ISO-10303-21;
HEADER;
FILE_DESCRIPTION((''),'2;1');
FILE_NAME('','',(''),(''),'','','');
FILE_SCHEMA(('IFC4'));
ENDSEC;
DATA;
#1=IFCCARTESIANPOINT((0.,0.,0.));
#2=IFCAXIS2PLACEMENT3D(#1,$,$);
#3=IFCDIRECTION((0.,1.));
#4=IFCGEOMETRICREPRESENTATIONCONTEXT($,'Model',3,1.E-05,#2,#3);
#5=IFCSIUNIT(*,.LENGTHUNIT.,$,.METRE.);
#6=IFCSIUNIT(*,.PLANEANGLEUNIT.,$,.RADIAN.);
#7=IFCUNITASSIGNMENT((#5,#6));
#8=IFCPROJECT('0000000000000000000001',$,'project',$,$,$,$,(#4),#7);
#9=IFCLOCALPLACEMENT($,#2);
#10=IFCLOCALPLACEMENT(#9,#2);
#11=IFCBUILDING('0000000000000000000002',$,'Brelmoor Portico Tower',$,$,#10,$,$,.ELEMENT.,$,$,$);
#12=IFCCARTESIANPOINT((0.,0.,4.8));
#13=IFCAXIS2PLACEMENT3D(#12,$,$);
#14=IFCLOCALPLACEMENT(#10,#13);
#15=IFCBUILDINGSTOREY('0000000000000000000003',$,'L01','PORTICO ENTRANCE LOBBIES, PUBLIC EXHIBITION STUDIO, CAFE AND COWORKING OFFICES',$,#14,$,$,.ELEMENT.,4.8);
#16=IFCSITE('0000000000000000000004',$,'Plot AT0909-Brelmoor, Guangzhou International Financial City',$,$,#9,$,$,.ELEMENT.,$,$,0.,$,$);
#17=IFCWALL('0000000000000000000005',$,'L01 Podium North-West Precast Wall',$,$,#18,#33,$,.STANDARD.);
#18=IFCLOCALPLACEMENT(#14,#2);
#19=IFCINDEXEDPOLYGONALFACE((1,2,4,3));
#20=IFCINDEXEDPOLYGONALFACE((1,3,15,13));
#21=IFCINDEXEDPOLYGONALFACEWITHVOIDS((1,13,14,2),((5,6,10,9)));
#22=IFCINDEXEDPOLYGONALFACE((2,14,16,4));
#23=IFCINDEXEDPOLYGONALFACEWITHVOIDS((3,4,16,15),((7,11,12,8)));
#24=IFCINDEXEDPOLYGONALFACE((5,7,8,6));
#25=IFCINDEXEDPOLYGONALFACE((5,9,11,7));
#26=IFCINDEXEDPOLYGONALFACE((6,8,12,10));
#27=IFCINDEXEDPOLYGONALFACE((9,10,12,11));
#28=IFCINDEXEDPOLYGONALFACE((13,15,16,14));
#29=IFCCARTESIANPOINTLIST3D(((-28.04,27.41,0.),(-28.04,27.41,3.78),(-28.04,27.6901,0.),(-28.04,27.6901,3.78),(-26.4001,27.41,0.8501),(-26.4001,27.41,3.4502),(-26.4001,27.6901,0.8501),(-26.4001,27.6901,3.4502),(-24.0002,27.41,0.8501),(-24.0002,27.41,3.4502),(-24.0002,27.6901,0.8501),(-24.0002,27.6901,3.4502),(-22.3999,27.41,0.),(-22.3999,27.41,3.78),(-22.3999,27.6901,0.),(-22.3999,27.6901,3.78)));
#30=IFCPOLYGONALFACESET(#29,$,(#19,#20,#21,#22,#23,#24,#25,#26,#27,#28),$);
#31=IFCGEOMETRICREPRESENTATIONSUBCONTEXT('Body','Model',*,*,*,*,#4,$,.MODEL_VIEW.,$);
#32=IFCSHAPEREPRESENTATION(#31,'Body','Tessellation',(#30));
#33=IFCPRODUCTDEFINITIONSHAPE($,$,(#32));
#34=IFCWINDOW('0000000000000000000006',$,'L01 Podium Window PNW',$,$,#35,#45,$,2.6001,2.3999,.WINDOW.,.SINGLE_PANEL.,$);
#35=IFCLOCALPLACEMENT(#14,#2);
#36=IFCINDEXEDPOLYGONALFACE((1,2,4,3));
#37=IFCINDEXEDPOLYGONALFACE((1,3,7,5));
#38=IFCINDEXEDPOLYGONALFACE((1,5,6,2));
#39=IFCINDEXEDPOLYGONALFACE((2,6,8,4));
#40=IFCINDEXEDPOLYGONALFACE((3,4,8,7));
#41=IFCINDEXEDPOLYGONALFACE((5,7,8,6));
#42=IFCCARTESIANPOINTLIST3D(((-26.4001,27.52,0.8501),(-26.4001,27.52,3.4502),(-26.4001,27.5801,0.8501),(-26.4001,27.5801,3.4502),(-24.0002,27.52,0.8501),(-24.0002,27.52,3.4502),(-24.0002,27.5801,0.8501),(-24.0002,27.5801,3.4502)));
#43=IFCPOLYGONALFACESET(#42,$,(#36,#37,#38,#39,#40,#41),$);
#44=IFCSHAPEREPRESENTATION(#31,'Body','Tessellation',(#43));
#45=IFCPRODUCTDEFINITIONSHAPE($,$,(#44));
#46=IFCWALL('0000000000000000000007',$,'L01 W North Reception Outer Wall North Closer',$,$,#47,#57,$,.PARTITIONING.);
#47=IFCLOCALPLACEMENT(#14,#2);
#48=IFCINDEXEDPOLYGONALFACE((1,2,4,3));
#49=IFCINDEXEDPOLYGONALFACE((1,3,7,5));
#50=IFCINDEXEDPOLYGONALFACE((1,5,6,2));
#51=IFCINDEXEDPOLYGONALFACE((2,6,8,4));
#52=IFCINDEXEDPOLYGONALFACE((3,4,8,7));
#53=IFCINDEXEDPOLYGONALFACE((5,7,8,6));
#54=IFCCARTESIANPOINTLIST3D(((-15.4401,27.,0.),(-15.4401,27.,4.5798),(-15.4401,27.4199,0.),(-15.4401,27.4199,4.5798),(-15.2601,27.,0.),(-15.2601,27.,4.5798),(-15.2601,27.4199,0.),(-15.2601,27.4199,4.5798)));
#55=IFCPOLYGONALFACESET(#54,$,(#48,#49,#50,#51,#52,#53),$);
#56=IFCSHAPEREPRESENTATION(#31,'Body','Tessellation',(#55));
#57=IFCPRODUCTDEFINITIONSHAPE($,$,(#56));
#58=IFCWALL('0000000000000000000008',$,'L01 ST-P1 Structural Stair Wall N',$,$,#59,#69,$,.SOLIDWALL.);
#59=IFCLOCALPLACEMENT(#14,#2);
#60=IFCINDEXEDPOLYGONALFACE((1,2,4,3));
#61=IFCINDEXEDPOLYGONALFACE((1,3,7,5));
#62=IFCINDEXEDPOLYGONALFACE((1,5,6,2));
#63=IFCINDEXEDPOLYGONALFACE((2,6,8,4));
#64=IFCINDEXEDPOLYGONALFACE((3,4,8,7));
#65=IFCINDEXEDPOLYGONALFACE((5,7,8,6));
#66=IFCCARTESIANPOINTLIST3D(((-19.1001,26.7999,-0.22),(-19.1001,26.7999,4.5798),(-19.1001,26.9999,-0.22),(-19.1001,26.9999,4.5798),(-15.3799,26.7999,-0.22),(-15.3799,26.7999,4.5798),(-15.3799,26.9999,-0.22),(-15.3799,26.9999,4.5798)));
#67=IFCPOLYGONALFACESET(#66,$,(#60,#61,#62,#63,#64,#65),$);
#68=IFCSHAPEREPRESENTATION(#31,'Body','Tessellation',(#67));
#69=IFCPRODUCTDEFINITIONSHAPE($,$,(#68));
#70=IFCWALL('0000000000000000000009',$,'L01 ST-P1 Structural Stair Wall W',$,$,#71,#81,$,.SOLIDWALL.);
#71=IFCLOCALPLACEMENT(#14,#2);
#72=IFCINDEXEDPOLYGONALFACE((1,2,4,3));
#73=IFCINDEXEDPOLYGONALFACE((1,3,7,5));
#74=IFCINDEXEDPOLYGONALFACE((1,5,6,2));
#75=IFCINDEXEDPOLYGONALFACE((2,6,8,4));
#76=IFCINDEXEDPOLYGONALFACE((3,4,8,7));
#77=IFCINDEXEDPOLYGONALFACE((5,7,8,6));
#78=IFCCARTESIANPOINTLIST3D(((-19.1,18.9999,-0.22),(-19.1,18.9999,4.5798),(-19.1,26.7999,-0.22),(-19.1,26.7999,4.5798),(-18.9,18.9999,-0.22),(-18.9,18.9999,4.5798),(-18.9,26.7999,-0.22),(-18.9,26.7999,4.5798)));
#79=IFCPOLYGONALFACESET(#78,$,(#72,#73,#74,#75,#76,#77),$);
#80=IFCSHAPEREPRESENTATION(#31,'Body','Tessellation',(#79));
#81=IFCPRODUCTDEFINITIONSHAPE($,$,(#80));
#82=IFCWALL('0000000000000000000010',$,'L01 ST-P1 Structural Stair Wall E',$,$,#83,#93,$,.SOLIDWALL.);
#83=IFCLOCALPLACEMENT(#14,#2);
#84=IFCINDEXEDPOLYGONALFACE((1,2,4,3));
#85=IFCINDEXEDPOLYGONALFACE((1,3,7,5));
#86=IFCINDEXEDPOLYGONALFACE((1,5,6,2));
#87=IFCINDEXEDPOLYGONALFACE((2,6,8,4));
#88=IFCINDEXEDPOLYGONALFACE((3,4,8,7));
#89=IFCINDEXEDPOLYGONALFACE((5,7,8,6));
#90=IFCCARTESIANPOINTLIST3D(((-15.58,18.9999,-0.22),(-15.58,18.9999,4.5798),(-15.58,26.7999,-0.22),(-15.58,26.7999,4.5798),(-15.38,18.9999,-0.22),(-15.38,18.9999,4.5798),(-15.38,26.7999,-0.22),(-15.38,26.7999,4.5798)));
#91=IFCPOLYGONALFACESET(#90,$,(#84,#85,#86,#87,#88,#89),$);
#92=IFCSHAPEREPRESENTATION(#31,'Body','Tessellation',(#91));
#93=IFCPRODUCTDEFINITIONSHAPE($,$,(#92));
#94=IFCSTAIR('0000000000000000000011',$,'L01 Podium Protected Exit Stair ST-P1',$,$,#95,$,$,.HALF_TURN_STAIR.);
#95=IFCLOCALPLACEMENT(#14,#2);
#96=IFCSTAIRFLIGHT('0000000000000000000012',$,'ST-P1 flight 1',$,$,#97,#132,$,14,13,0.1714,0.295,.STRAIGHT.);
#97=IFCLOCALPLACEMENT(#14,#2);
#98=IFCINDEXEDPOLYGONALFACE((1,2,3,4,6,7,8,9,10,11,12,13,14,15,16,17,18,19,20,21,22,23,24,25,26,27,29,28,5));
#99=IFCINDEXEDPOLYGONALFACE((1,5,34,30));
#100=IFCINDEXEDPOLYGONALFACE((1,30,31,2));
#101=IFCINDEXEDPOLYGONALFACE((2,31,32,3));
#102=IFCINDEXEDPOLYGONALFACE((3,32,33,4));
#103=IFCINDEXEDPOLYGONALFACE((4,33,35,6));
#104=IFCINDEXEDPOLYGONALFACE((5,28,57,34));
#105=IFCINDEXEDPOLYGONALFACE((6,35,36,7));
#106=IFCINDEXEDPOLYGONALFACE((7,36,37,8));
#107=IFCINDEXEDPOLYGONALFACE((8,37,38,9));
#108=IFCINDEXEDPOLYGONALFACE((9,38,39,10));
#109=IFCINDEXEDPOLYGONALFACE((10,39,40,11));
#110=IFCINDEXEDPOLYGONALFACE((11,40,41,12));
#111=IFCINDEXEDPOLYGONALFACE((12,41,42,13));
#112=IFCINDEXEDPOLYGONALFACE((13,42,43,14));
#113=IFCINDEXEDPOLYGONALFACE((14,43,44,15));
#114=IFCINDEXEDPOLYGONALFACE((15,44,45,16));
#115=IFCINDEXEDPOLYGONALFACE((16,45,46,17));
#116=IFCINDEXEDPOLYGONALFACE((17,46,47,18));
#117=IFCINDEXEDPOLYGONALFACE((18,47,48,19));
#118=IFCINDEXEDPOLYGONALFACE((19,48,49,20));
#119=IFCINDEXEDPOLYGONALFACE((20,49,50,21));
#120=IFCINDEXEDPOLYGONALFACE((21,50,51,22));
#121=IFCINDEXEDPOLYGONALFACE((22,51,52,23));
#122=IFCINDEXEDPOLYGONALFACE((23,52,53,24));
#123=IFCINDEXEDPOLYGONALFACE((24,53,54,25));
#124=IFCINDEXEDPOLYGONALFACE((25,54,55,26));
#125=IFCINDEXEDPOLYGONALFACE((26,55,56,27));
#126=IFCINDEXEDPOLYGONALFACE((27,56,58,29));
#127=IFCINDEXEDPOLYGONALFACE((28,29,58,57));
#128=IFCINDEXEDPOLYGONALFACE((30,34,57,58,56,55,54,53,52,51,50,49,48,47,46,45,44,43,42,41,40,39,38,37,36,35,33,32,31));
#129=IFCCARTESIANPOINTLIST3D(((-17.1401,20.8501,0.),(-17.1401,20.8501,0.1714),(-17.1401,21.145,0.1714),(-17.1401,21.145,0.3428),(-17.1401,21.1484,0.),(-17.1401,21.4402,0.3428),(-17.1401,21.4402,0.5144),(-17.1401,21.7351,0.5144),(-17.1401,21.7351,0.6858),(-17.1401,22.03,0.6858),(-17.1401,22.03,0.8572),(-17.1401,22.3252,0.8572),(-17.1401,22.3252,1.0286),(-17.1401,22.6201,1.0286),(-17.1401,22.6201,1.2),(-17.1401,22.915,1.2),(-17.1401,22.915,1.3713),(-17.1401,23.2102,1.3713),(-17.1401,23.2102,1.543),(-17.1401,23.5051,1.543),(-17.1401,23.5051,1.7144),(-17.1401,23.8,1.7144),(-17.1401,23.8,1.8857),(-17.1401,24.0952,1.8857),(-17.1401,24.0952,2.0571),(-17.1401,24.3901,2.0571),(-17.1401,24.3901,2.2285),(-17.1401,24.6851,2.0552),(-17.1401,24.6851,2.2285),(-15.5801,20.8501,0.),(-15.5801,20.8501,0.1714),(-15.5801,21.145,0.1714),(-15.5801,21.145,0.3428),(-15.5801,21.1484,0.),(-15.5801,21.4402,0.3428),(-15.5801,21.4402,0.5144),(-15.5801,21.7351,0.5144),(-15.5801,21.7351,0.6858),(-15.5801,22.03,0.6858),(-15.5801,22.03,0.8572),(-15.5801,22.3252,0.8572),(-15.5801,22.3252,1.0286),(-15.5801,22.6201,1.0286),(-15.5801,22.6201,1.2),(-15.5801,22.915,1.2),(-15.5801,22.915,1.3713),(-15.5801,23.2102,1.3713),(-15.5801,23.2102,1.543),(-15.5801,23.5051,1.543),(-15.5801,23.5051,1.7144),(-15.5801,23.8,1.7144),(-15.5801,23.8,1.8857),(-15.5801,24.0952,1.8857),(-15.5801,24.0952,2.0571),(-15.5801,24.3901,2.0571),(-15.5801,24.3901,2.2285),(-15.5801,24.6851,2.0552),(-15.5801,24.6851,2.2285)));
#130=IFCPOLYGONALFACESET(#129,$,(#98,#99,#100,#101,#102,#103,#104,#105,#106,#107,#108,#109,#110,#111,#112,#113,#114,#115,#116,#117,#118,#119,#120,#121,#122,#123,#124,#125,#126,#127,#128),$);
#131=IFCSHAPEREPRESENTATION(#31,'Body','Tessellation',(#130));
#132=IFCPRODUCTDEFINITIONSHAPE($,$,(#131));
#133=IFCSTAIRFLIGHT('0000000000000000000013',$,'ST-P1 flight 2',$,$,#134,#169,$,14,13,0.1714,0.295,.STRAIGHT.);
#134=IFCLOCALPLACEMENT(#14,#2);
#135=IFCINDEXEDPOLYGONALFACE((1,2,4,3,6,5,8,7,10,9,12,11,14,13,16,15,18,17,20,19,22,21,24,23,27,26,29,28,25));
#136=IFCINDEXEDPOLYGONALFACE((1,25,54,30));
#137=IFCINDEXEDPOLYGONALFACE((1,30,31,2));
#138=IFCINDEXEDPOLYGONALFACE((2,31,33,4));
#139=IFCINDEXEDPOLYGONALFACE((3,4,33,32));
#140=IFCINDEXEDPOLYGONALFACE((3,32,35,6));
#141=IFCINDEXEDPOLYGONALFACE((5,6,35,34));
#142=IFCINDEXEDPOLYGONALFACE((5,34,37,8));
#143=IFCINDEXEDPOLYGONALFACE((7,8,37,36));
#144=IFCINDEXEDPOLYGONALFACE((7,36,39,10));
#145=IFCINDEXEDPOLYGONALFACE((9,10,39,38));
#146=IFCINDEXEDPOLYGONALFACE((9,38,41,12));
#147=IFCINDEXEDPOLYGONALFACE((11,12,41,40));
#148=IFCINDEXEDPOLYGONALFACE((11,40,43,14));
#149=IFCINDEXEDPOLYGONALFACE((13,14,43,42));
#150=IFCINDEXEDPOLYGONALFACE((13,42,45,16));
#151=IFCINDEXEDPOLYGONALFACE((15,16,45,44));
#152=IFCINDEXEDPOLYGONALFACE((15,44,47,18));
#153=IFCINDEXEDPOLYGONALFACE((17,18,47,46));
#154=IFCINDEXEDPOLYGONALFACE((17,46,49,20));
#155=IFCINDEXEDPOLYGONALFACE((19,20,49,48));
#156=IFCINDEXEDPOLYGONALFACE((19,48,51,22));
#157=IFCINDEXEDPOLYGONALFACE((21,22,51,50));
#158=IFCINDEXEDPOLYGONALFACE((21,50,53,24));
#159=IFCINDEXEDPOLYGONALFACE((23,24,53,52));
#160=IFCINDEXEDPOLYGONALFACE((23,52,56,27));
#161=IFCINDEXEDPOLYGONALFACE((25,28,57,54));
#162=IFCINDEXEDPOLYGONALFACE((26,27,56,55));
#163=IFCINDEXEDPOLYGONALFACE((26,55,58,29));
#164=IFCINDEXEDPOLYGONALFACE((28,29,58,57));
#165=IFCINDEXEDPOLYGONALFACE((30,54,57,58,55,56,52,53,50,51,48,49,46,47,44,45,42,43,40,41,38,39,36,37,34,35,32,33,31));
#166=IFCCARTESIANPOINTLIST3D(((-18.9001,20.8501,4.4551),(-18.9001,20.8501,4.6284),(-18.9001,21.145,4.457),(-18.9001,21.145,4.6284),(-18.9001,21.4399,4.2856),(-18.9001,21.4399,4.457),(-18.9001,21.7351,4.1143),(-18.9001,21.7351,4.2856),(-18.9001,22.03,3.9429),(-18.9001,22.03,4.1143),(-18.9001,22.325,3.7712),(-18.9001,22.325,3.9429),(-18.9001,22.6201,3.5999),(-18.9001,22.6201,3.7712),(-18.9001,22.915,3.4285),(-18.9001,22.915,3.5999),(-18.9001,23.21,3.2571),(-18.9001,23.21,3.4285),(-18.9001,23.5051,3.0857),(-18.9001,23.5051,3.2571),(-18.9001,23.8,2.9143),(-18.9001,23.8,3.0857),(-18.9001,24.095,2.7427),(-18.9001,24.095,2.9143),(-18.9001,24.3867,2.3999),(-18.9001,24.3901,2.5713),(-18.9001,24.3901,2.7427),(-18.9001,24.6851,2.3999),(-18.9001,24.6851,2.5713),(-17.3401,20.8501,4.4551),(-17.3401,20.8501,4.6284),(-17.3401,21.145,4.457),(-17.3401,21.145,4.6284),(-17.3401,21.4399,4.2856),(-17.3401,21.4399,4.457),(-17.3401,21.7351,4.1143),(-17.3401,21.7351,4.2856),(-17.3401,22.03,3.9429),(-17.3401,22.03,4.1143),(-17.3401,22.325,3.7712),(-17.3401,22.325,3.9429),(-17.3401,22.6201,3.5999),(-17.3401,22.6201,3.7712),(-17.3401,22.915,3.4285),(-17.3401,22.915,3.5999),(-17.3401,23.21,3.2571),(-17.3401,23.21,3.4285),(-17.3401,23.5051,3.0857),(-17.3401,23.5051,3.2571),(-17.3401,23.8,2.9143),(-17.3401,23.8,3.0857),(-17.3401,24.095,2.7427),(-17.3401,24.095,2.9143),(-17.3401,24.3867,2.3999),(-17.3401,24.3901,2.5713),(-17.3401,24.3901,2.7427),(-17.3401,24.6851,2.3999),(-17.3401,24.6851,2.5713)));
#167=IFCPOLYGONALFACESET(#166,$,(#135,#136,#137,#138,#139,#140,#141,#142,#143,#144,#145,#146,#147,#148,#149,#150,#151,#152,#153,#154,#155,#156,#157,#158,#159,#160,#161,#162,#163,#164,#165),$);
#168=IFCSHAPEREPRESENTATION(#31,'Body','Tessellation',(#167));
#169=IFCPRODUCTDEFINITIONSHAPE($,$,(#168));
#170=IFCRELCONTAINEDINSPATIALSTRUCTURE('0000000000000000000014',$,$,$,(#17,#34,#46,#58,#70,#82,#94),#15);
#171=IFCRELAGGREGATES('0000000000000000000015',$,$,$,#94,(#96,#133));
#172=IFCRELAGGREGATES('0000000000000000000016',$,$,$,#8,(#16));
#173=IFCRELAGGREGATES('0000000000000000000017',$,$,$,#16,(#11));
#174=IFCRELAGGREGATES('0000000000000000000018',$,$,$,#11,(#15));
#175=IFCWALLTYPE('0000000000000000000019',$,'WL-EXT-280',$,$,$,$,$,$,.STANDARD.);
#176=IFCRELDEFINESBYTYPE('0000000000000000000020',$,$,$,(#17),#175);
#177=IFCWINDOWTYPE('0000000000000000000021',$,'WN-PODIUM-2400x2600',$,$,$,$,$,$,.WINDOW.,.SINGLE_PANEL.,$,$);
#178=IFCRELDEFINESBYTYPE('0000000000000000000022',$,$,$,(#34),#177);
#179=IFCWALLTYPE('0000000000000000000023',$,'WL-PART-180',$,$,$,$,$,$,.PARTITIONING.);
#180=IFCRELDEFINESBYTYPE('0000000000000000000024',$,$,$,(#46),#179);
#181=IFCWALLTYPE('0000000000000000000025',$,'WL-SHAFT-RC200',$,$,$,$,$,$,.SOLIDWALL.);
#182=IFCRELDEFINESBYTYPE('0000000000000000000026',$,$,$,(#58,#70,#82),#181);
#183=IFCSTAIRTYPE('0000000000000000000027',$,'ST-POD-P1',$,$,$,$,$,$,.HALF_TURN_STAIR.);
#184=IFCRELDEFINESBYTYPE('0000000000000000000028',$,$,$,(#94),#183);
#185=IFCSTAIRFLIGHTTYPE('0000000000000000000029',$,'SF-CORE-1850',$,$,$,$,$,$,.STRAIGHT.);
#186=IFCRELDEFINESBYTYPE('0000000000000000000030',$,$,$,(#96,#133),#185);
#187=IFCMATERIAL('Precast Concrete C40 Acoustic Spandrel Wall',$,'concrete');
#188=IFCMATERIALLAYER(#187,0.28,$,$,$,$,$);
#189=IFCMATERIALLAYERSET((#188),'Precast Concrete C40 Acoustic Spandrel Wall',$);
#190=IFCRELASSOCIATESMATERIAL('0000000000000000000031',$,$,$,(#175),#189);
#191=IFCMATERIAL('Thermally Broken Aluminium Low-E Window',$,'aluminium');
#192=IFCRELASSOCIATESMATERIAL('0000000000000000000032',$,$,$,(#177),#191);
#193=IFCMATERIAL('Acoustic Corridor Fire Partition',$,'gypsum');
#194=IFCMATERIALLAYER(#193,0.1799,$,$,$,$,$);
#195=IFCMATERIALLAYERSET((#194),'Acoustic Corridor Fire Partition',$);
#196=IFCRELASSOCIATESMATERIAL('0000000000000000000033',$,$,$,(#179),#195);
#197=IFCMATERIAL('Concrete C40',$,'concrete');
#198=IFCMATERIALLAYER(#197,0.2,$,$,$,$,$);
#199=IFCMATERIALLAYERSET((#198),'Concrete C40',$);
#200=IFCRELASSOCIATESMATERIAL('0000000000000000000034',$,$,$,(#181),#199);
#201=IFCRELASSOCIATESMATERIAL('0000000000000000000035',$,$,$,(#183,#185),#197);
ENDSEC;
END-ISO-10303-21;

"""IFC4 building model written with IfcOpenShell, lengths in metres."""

from ifc_helpers import new_model, si_unit, direction, frame, frame_2d, origin, place, context, subcontext, project, spatial, polyline, rectangle, outline, extrude, material, layer, layer_set, type_object, element, fill, aggregate, save


model = new_model("IFC4")

# Units and contexts
model_context = context("Model", 3, precision=1e-05, world=origin(), true_north=direction((0.0, 1.0)))
body_context = subcontext(model_context, "Body", "Model", "MODEL_VIEW")
ifc_project = project(units=[si_unit("LENGTHUNIT", "METRE"), si_unit("PLANEANGLEUNIT", "RADIAN")], contexts=[model_context])

# Site, building, storey
site_placement = place(None, origin())
site = spatial("IfcSite", under=ifc_project, at=site_placement, Name="Plot AT0909-Brelmoor, Guangzhou International Financial City", CompositionType="ELEMENT", RefElevation=0.0)
building_placement = place(site_placement, origin())
building = spatial("IfcBuilding", under=site, at=building_placement, Name="Brelmoor Portico Tower", CompositionType="ELEMENT")
storey_placement = place(building_placement, frame((0.0, 0.0, 4.8)))
storey = spatial("IfcBuildingStorey", under=building, at=storey_placement, Name="L01", Description="PORTICO ENTRANCE LOBBIES, PUBLIC EXHIBITION STUDIO, CAFE AND COWORKING OFFICES", CompositionType="ELEMENT", Elevation=4.8)

# Wall, opening, window
ifc_material_1 = material(Name="Precast Concrete C40 Acoustic Spandrel Wall", Category="concrete")
ifc_layer_1 = layer(ifc_material_1, 0.28)
ifc_layer_set_1 = layer_set([ifc_layer_1], Name="Precast Concrete C40 Acoustic Spandrel Wall")
wall_type_1 = type_object("IfcWallType", Name="WL-EXT-280", PredefinedType="STANDARD", material=ifc_layer_set_1)
wall_1_placement = place(storey_placement, frame((-28.04, 27.55, 0.0), z_axis=(0.0, 0.0, 1.0), x_axis=(1.0, 0.0, 0.0)))
wall_1 = element("IfcWall", 1, at=wall_1_placement, inside=storey, type_object=wall_type_1, Name="L01 Podium North-West Precast Wall", PredefinedType="STANDARD", context=body_context, shape_type="SweptSolid", body=[
    extrude(rectangle(XDim=5.6401, YDim=0.28, at=frame_2d((2.8201, 0.0))), origin(), (0.0, 0.0, 1.0), 3.78),
])
opening_placement = place(wall_1_placement, frame((1.6399, 0.0, 0.8501)))
opening = element("IfcOpeningElement", 2, at=opening_placement, cuts=wall_1, PredefinedType="OPENING", context=body_context, shape_type="SweptSolid", body=[
    extrude(rectangle(XDim=2.3999, YDim=2.6001, at=frame_2d((1.2, 1.3))), frame((0.0, 0.1499, 0.0), z_axis=(0.0, -1.0, 0.0), x_axis=(1.0, 0.0, 0.0)), (0.0, 0.0, 1.0), 0.3),
])
ifc_material_2 = material(Name="Thermally Broken Aluminium Low-E Window", Category="aluminium")
window_type = type_object("IfcWindowType", Name="WN-PODIUM-2400x2600", PartitioningType="SINGLE_PANEL", PredefinedType="WINDOW", material=ifc_material_2)
window_placement = place(opening_placement, origin())
window = element("IfcWindow", 3, at=window_placement, inside=storey, type_object=window_type, Name="L01 Podium Window PNW", OverallHeight=2.6001, OverallWidth=2.3999, PartitioningType="SINGLE_PANEL", PredefinedType="WINDOW", context=body_context, shape_type="SweptSolid", body=[
    extrude(rectangle(XDim=2.3999, YDim=2.6001, at=frame_2d((1.2, 1.3))), frame((0.0, 0.03, 0.0), z_axis=(0.0, -1.0, 0.0), x_axis=(1.0, 0.0, 0.0)), (0.0, 0.0, 1.0), 0.0601),
])
fill(opening, window)

# Walls
ifc_material_3 = material(Name="Acoustic Corridor Fire Partition", Category="gypsum")
ifc_layer_2 = layer(ifc_material_3, 0.1799)
ifc_layer_set_2 = layer_set([ifc_layer_2], Name="Acoustic Corridor Fire Partition")
wall_type_2 = type_object("IfcWallType", Name="WL-PART-180", PredefinedType="PARTITIONING", material=ifc_layer_set_2)
wall_2_placement = place(storey_placement, frame((-15.3501, 27.0, 0.0), z_axis=(0.0, 0.0, 1.0), x_axis=(0.0, 1.0, 0.0)))
element("IfcWall", 4, at=wall_2_placement, inside=storey, type_object=wall_type_2, Name="L01 W North Reception Outer Wall North Closer", PredefinedType="PARTITIONING", context=body_context, shape_type="SweptSolid", body=[
    extrude(rectangle(XDim=0.4199, YDim=0.1799, at=frame_2d((0.21, 0.0))), origin(), (0.0, 0.0, 1.0), 4.5798),
])
ifc_material_4 = material(Name="Concrete C40", Category="concrete")
ifc_layer_3 = layer(ifc_material_4, 0.2)
ifc_layer_set_3 = layer_set([ifc_layer_3], Name="Concrete C40")
wall_type_3 = type_object("IfcWallType", Name="WL-SHAFT-RC200", PredefinedType="SOLIDWALL", material=ifc_layer_set_3)
wall_3_placement = place(storey_placement, frame((-19.1001, 26.8999, -0.22), z_axis=(0.0, 0.0, 1.0), x_axis=(1.0, 0.0, 0.0)))
element("IfcWall", 5, at=wall_3_placement, inside=storey, type_object=wall_type_3, Name="L01 ST-P1 Structural Stair Wall N", PredefinedType="SOLIDWALL", context=body_context, shape_type="SweptSolid", body=[
    extrude(rectangle(XDim=3.7202, YDim=0.2, at=frame_2d((1.8601, 0.0))), origin(), (0.0, 0.0, 1.0), 4.7998),
])
for number, where, z_axis, x_axis, name in (
    (6, (-19.0, 19.0, -0.22), (0.0, 0.0, 1.0), (0.0, 1.0, 0.0), "L01 ST-P1 Structural Stair Wall W"),
    (7, (-15.48, 19.0, -0.22), (0.0, 0.0, 1.0), (0.0, 1.0, 0.0), "L01 ST-P1 Structural Stair Wall E"),
):
    element("IfcWall", number, at=place(storey_placement, frame(where, z_axis=z_axis, x_axis=x_axis)), inside=storey, type_object=wall_type_3, Name=name, PredefinedType="SOLIDWALL", context=body_context, shape_type="SweptSolid", body=[
        extrude(rectangle(XDim=7.8, YDim=0.2, at=frame_2d((3.8999, 0.0))), origin(), (0.0, 0.0, 1.0), 4.7998),
    ])

# Stair, stair flights
stair_type = type_object("IfcStairType", Name="ST-POD-P1", PredefinedType="HALF_TURN_STAIR", material=ifc_material_4)
stair_placement = place(storey_placement, origin())
stair = element("IfcStair", 8, at=stair_placement, inside=storey, type_object=stair_type, Name="L01 Podium Protected Exit Stair ST-P1", PredefinedType="HALF_TURN_STAIR")
stair_flight_type = type_object("IfcStairFlightType", Name="SF-CORE-1850", PredefinedType="STRAIGHT", material=ifc_material_4)
stair_flight_1_placement = place(storey_placement, frame((-16.3601, 20.8501, 0.0), z_axis=(0.0, 0.0, 1.0), x_axis=(0.0, 1.0, 0.0)))
stair_flight_1 = element("IfcStairFlight", 9, at=stair_flight_1_placement, type_object=stair_flight_type, Name="ST-P1 flight 1", NumberOfRisers=14, NumberOfTreads=13, PredefinedType="STRAIGHT", RiserHeight=0.1714, TreadLength=0.295, context=body_context, shape_type="SweptSolid", body=[
    extrude(outline(polyline([(0.0, 0.0), (0.0, 0.1714), (0.2949, 0.1714), (0.2949, 0.3428), (0.5901, 0.3428), (0.5901, 0.5144), (0.885, 0.5144), (0.885, 0.6858), (1.1799, 0.6858), (1.1799, 0.8572), (1.4751, 0.8572), (1.4751, 1.0286), (1.77, 1.0286), (1.77, 1.2), (2.0649, 1.2), (2.0649, 1.3713), (2.3601, 1.3713), (2.3601, 1.543), (2.655, 1.543), (2.655, 1.7144), (2.95, 1.7144), (2.95, 1.8857), (3.2451, 1.8857), (3.2451, 2.0571), (3.54, 2.0571), (3.54, 2.2285), (3.835, 2.2285), (3.835, 2.3999), (3.835, 2.0552), (0.2983, 0.0), (0.0, 0.0)])), frame((0.0, 0.78, 0.0), z_axis=(0.0, -1.0, 0.0), x_axis=(1.0, 0.0, 0.0)), (0.0, 0.0, 1.0), 1.5601),
])
stair_flight_2_placement = place(storey_placement, frame((-18.1201, 24.6851, 2.3999), z_axis=(0.0, 0.0, 1.0), x_axis=(0.0, -1.0, 0.0)))
stair_flight_2 = element("IfcStairFlight", 10, at=stair_flight_2_placement, type_object=stair_flight_type, Name="ST-P1 flight 2", NumberOfRisers=14, NumberOfTreads=13, PredefinedType="STRAIGHT", RiserHeight=0.1714, TreadLength=0.295, context=body_context, shape_type="SweptSolid", body=[
    extrude(outline(polyline([(0.0, 0.0), (0.0, 0.1714), (0.2949, 0.1714), (0.2949, 0.3428), (0.5901, 0.3428), (0.5901, 0.5144), (0.885, 0.5144), (0.885, 0.6858), (1.1799, 0.6858), (1.1799, 0.8572), (1.4751, 0.8572), (1.4751, 1.0286), (1.77, 1.0286), (1.77, 1.2), (2.0649, 1.2), (2.0649, 1.3713), (2.3601, 1.3713), (2.3601, 1.543), (2.655, 1.543), (2.655, 1.7144), (2.95, 1.7144), (2.95, 1.8857), (3.2451, 1.8857), (3.2451, 2.0571), (3.54, 2.0571), (3.54, 2.2285), (3.835, 2.2285), (3.835, 2.3999), (3.835, 2.0552), (0.2983, 0.0), (0.0, 0.0)])), frame((0.0, 0.78, 0.0), z_axis=(0.0, -1.0, 0.0), x_axis=(1.0, 0.0, 0.0)), (0.0, 0.0, 1.0), 1.5601),
])
aggregate(stair, [stair_flight_1, stair_flight_2])

save(model, "model.ifc")
